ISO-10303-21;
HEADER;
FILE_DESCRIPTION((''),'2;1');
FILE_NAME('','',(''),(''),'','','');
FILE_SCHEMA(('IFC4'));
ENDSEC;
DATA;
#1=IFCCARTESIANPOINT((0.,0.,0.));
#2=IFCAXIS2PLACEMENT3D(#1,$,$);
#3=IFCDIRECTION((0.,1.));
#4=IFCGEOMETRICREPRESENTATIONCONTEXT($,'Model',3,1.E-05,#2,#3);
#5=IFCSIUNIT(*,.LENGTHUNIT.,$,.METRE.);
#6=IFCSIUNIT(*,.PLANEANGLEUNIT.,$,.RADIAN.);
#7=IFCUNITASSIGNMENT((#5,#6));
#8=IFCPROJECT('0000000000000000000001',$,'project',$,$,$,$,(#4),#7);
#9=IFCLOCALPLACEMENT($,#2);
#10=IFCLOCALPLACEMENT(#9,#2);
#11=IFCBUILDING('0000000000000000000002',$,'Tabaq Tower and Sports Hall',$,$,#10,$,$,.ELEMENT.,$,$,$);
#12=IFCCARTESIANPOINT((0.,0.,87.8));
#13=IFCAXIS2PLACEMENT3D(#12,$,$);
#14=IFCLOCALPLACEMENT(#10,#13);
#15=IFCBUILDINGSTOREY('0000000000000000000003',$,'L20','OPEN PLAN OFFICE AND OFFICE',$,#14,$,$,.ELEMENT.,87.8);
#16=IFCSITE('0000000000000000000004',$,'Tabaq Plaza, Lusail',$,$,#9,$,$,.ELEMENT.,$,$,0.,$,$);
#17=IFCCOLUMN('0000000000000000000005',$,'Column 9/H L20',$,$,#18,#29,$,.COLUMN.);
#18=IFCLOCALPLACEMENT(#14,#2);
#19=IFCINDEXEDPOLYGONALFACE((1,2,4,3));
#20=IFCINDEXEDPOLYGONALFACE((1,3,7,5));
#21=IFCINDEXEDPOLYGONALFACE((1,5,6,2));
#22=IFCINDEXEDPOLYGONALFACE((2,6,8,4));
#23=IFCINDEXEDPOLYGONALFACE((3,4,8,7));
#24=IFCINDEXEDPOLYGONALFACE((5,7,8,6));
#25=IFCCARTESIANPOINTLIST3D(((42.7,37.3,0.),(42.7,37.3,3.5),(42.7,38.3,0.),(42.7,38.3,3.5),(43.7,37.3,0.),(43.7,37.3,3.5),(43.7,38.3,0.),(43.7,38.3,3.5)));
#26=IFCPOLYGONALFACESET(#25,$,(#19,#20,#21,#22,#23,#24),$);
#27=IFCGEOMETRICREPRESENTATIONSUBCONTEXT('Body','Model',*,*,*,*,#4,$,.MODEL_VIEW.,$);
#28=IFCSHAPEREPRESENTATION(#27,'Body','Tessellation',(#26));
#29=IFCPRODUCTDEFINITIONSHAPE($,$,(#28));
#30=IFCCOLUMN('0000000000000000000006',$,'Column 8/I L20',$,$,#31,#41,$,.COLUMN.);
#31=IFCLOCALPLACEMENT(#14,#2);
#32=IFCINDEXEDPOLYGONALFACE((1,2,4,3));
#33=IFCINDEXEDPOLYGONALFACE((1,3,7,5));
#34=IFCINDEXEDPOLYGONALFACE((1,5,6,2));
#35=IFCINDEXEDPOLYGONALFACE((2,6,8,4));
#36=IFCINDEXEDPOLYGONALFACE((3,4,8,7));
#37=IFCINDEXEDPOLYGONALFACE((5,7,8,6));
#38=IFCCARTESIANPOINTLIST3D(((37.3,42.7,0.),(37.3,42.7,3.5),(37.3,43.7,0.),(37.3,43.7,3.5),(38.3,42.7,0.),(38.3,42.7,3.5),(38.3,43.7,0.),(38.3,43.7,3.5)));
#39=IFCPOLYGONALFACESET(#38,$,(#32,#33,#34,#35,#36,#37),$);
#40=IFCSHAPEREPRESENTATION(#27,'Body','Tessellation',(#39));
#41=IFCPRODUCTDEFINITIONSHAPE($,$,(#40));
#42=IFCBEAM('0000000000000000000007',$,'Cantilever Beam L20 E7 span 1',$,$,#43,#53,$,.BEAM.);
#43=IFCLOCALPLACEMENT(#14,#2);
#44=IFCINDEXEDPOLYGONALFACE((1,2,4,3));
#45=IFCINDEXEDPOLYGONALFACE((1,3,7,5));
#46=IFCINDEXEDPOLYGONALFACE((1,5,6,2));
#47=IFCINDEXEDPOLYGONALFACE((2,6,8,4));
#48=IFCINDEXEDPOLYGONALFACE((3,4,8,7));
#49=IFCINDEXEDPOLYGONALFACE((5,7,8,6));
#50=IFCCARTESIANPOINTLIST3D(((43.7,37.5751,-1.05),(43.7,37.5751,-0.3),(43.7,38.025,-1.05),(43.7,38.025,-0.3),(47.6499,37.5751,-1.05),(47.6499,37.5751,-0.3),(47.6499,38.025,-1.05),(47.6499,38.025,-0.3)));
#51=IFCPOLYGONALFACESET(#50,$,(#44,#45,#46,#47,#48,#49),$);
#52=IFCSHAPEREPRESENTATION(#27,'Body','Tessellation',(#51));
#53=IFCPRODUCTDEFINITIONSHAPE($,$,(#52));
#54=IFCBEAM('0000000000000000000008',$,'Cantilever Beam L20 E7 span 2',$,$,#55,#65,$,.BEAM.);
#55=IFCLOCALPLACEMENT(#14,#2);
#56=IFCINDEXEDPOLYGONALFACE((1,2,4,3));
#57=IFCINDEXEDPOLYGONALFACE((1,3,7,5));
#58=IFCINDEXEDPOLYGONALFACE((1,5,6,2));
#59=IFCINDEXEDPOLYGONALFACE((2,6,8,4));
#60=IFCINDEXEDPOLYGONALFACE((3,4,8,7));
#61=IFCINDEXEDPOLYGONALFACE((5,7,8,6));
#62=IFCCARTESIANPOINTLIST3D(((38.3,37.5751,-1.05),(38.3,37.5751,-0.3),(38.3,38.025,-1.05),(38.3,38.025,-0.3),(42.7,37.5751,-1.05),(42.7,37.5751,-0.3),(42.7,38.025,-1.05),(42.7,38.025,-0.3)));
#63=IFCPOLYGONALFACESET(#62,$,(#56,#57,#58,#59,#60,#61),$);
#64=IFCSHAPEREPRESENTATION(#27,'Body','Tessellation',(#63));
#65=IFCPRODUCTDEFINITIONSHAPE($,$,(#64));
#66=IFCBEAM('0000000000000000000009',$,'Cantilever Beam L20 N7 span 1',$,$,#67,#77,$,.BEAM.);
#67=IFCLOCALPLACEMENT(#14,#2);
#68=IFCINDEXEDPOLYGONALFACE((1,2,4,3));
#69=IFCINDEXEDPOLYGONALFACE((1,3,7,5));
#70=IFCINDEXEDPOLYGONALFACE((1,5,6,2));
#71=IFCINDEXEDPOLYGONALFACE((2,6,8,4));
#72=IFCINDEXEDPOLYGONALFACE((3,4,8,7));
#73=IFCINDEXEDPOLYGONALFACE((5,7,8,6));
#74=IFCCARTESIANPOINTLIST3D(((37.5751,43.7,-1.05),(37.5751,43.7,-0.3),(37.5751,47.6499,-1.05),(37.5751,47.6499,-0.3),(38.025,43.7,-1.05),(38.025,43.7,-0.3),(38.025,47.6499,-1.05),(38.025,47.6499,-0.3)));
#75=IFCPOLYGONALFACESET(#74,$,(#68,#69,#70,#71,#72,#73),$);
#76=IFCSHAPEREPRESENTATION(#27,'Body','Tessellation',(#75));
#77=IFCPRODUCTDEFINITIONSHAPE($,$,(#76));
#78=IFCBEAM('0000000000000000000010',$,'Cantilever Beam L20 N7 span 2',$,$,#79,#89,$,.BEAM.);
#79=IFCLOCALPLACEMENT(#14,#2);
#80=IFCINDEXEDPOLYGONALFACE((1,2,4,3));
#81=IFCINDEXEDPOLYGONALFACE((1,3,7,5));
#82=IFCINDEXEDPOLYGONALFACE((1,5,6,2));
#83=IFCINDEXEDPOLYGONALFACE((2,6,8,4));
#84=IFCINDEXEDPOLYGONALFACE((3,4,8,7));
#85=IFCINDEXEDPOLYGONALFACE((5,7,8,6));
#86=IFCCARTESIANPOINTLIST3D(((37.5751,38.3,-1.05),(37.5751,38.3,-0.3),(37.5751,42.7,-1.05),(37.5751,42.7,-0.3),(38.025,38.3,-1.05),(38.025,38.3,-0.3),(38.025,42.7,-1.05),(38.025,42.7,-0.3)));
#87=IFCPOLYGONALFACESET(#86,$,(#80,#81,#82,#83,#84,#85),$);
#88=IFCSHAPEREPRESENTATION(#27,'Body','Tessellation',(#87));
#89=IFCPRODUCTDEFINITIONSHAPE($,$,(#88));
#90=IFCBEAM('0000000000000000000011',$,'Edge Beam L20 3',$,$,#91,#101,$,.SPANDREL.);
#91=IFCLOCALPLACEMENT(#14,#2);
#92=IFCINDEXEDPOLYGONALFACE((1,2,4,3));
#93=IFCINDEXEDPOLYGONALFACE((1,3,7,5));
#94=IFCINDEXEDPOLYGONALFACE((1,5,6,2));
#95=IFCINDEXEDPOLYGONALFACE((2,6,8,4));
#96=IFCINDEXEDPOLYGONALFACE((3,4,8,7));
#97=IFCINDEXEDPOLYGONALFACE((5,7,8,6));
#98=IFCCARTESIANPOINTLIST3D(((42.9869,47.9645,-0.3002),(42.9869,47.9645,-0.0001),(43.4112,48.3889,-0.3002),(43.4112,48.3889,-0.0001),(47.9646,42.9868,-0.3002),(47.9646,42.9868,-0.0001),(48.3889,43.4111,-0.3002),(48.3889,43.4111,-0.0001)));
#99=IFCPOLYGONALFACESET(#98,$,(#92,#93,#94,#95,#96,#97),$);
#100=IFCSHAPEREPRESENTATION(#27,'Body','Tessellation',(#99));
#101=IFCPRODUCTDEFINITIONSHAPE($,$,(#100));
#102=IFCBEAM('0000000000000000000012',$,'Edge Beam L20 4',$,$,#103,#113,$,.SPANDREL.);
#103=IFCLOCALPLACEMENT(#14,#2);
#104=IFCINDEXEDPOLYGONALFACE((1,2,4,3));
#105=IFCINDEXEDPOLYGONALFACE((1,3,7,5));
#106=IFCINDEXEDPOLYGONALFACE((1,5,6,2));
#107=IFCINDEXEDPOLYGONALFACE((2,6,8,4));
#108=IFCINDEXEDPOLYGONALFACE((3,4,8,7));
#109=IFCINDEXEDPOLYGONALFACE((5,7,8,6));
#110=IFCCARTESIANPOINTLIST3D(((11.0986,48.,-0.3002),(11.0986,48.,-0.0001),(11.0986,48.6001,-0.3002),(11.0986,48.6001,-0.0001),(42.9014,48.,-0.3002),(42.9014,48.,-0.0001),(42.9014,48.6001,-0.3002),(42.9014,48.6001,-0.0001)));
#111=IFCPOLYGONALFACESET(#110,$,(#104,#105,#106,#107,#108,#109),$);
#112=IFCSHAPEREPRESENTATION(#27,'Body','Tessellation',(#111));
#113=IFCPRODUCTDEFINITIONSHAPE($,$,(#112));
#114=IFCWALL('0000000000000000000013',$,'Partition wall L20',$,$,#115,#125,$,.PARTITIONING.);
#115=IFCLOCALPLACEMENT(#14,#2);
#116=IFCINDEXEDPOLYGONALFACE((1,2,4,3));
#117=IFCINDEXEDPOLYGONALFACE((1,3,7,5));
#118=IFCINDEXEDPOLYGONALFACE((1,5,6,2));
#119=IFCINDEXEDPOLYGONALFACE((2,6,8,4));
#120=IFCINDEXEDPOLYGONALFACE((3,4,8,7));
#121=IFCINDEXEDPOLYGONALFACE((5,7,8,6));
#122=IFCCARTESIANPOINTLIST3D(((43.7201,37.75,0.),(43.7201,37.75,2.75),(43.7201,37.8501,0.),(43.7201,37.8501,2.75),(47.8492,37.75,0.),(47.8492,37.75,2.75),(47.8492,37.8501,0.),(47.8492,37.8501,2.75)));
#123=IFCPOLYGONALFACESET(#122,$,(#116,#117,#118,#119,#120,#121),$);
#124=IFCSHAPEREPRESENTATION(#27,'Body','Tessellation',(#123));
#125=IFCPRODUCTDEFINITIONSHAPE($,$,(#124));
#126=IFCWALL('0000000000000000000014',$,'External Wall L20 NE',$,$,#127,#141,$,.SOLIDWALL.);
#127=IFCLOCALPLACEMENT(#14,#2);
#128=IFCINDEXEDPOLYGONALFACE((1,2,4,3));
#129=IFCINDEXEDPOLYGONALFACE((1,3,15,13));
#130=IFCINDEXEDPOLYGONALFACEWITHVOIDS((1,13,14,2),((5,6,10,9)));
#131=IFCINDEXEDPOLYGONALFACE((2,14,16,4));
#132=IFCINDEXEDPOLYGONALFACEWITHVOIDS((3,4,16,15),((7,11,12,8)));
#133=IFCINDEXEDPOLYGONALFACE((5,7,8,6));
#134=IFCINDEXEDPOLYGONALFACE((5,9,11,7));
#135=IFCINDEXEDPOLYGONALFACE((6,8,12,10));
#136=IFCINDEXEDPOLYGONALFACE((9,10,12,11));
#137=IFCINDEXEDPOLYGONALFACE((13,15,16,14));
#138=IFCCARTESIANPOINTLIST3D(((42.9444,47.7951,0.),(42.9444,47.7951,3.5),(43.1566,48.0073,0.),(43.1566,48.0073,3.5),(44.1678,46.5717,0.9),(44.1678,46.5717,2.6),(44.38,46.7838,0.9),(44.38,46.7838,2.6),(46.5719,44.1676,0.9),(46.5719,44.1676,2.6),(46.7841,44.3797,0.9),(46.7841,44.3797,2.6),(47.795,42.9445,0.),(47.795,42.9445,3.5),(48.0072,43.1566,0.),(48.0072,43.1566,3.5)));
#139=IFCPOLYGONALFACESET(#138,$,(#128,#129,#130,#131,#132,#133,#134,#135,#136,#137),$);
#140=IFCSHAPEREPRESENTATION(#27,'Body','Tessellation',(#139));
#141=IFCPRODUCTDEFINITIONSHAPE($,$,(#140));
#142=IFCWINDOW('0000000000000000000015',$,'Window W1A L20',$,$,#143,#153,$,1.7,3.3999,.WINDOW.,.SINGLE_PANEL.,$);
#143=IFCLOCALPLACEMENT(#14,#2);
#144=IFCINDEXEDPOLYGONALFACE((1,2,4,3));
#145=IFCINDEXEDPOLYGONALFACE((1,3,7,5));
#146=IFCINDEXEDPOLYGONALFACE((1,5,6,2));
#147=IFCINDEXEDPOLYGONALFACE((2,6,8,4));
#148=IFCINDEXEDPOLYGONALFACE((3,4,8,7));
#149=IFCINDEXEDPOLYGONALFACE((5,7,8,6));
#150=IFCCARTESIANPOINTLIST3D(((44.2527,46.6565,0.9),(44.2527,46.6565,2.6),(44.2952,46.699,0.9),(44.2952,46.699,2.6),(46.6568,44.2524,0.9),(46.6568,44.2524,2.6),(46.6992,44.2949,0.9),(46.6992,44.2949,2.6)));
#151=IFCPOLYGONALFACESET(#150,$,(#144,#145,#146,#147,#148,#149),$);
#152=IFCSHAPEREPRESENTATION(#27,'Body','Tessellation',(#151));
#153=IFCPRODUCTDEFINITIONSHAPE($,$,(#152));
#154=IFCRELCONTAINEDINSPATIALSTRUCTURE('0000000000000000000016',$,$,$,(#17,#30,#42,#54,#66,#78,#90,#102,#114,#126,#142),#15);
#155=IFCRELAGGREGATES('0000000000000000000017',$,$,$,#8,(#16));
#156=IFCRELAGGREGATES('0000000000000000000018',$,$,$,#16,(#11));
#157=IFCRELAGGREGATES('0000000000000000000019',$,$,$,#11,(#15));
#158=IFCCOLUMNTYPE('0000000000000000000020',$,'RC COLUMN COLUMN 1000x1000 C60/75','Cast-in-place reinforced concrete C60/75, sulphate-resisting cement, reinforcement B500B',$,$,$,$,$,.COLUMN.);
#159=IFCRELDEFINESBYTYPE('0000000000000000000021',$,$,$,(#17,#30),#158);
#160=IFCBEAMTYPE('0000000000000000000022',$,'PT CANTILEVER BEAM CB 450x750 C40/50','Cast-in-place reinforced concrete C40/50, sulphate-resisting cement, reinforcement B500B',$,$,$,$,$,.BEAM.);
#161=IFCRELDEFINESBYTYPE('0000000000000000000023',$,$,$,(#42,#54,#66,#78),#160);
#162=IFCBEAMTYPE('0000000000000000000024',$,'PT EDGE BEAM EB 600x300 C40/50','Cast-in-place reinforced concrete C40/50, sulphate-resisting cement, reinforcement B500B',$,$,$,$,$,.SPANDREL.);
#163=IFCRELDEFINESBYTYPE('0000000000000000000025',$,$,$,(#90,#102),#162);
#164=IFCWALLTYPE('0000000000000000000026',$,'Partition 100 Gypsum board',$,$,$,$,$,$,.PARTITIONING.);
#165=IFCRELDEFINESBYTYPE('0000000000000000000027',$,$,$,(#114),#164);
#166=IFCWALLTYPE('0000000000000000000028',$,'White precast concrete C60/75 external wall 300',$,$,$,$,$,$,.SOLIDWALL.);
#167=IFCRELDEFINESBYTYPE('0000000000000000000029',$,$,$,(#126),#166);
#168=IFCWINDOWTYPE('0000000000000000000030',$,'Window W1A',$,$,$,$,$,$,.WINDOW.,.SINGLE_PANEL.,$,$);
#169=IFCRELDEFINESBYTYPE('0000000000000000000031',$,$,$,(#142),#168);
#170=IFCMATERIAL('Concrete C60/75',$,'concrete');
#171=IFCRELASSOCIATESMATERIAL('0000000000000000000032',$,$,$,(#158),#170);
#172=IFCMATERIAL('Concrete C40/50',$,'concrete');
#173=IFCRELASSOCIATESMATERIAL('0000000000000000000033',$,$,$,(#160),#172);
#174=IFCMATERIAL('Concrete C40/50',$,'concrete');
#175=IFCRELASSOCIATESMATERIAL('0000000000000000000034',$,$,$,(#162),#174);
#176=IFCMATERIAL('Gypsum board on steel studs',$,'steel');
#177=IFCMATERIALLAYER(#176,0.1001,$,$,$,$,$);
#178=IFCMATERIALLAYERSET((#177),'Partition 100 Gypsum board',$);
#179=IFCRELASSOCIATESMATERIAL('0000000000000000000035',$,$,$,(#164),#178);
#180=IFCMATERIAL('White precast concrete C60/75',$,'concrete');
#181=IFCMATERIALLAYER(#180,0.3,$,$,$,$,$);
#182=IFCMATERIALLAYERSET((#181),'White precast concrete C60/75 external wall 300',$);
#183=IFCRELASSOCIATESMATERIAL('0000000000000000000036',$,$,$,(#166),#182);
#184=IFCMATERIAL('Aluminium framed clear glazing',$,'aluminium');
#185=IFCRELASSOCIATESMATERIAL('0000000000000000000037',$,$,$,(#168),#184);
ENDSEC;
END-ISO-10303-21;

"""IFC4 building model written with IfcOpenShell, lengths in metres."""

from ifc_helpers import new_model, si_unit, direction, frame, frame_2d, origin, origin_2d, place, context, subcontext, project, spatial, rectangle, extrude, material, layer, layer_set, material_profile, profile_set, type_object, element, fill, save


model = new_model("IFC4")

# Units and contexts
model_context = context("Model", 3, precision=1e-05, world=origin(), true_north=direction((0.0, 1.0)))
body_context = subcontext(model_context, "Body", "Model", "MODEL_VIEW")
ifc_project = project(units=[si_unit("LENGTHUNIT", "METRE"), si_unit("PLANEANGLEUNIT", "RADIAN")], contexts=[model_context])

# Site, building, storey
site_placement = place(None, origin())
site = spatial("IfcSite", under=ifc_project, at=site_placement, Name="Tabaq Plaza, Lusail", CompositionType="ELEMENT", RefElevation=0.0)
building_placement = place(site_placement, origin())
building = spatial("IfcBuilding", under=site, at=building_placement, Name="Tabaq Tower and Sports Hall", CompositionType="ELEMENT")
storey_placement = place(building_placement, frame((0.0, 0.0, 87.8)))
storey = spatial("IfcBuildingStorey", under=building, at=storey_placement, Name="L20", Description="OPEN PLAN OFFICE AND OFFICE", CompositionType="ELEMENT", Elevation=87.8)

# Columns
ifc_material_1 = material(Name="Concrete C60/75", Category="concrete")
ifc_material_profile_1 = material_profile(ifc_material_1, rectangle(XDim=1.0, YDim=1.0, at=origin_2d()), Name="COLUMN 1000x1000")
ifc_profile_set_1 = profile_set([ifc_material_profile_1], Name="Concrete C60/75")
column_type = type_object("IfcColumnType", Name="RC COLUMN COLUMN 1000x1000 C60/75", Description="Cast-in-place reinforced concrete C60/75, sulphate-resisting cement, reinforcement B500B", PredefinedType="COLUMN", material=ifc_profile_set_1)
for number, where, z_axis, x_axis, name in (
    (1, (43.2, 37.8, 0.0), (0.0, 0.0, 1.0), (1.0, 0.0, 0.0), "Column 9/H L20"),
    (2, (37.8, 43.2, 0.0), (0.0, 0.0, 1.0), (1.0, 0.0, 0.0), "Column 8/I L20"),
):
    element("IfcColumn", number, at=place(storey_placement, frame(where, z_axis=z_axis, x_axis=x_axis)), inside=storey, type_object=column_type, Name=name, PredefinedType="COLUMN", context=body_context, shape_type="SweptSolid", body=[
        extrude(rectangle(XDim=1.0, YDim=1.0, at=origin_2d()), origin(), (0.0, 0.0, 1.0), 3.5),
    ])

# Beams
ifc_material_2 = material(Name="Concrete C40/50", Category="concrete")
ifc_material_profile_2 = material_profile(ifc_material_2, rectangle(XDim=0.45, YDim=0.75, at=origin_2d()), Name="CB 450x750")
ifc_profile_set_2 = profile_set([ifc_material_profile_2], Name="Concrete C40/50")
beam_type_1 = type_object("IfcBeamType", Name="PT CANTILEVER BEAM CB 450x750 C40/50", Description="Cast-in-place reinforced concrete C40/50, sulphate-resisting cement, reinforcement B500B", PredefinedType="BEAM", material=ifc_profile_set_2)
beam_1_placement = place(storey_placement, frame((47.6499, 37.8, -0.675), z_axis=(-1.0, 0.0, 0.0), x_axis=(0.0, -1.0, 0.0)))
element("IfcBeam", 3, at=beam_1_placement, inside=storey, type_object=beam_type_1, Name="Cantilever Beam L20 E7 span 1", PredefinedType="BEAM", context=body_context, shape_type="SweptSolid", body=[
    extrude(rectangle(XDim=0.45, YDim=0.75, at=origin_2d()), origin(), (0.0, 0.0, 1.0), 3.95),
])
beam_2_placement = place(storey_placement, frame((42.7, 37.8, -0.675), z_axis=(-1.0, 0.0, 0.0), x_axis=(0.0, -1.0, 0.0)))
element("IfcBeam", 4, at=beam_2_placement, inside=storey, type_object=beam_type_1, Name="Cantilever Beam L20 E7 span 2", PredefinedType="BEAM", context=body_context, shape_type="SweptSolid", body=[
    extrude(rectangle(XDim=0.45, YDim=0.75, at=origin_2d()), origin(), (0.0, 0.0, 1.0), 4.3999),
])
beam_3_placement = place(storey_placement, frame((37.8, 47.6499, -0.675), z_axis=(0.0, -1.0, 0.0), x_axis=(1.0, 0.0, 0.0)))
element("IfcBeam", 5, at=beam_3_placement, inside=storey, type_object=beam_type_1, Name="Cantilever Beam L20 N7 span 1", PredefinedType="BEAM", context=body_context, shape_type="SweptSolid", body=[
    extrude(rectangle(XDim=0.45, YDim=0.75, at=origin_2d()), origin(), (0.0, 0.0, 1.0), 3.95),
])
beam_4_placement = place(storey_placement, frame((37.8, 42.7, -0.675), z_axis=(0.0, -1.0, 0.0), x_axis=(1.0, 0.0, 0.0)))
element("IfcBeam", 6, at=beam_4_placement, inside=storey, type_object=beam_type_1, Name="Cantilever Beam L20 N7 span 2", PredefinedType="BEAM", context=body_context, shape_type="SweptSolid", body=[
    extrude(rectangle(XDim=0.45, YDim=0.75, at=origin_2d()), origin(), (0.0, 0.0, 1.0), 4.3999),
])
ifc_material_3 = material(Name="Concrete C40/50", Category="concrete")
ifc_material_profile_3 = material_profile(ifc_material_3, rectangle(XDim=0.6001, YDim=0.3, at=origin_2d()), Name="EB 600x300")
ifc_profile_set_3 = profile_set([ifc_material_profile_3], Name="Concrete C40/50")
beam_type_2 = type_object("IfcBeamType", Name="PT EDGE BEAM EB 600x300 C40/50", Description="Cast-in-place reinforced concrete C40/50, sulphate-resisting cement, reinforcement B500B", PredefinedType="SPANDREL", material=ifc_profile_set_3)
beam_5_placement = place(storey_placement, frame((48.1768, 43.199, -0.1501), z_axis=(-0.707107, 0.707107, 0.0), x_axis=(-0.707107, -0.707107, 0.0)))
element("IfcBeam", 7, at=beam_5_placement, inside=storey, type_object=beam_type_2, Name="Edge Beam L20 3", PredefinedType="SPANDREL", context=body_context, shape_type="SweptSolid", body=[
    extrude(rectangle(XDim=0.6001, YDim=0.3, at=origin_2d()), origin(), (0.0, 0.0, 1.0), 7.0396),
])
beam_6_placement = place(storey_placement, frame((42.9014, 48.3, -0.1501), z_axis=(-1.0, 0.0, 0.0), x_axis=(0.0, -1.0, 0.0)))
element("IfcBeam", 8, at=beam_6_placement, inside=storey, type_object=beam_type_2, Name="Edge Beam L20 4", PredefinedType="SPANDREL", context=body_context, shape_type="SweptSolid", body=[
    extrude(rectangle(XDim=0.6001, YDim=0.3, at=origin_2d()), origin(), (0.0, 0.0, 1.0), 31.8027),
])

# Wall
ifc_material_4 = material(Name="Gypsum board on steel studs", Category="steel")
ifc_layer_1 = layer(ifc_material_4, 0.1001)
ifc_layer_set_1 = layer_set([ifc_layer_1], Name="Partition 100 Gypsum board")
wall_type_1 = type_object("IfcWallType", Name="Partition 100 Gypsum board", PredefinedType="PARTITIONING", material=ifc_layer_set_1)
wall_1_placement = place(storey_placement, frame((47.8491, 37.8, 0.0), z_axis=(0.0, 0.0, 1.0), x_axis=(-1.0, 0.0, 0.0)))
element("IfcWall", 9, at=wall_1_placement, inside=storey, type_object=wall_type_1, Name="Partition wall L20", PredefinedType="PARTITIONING", context=body_context, shape_type="SweptSolid", body=[
    extrude(rectangle(XDim=4.1292, YDim=0.1001, at=frame_2d((2.0645, 0.0))), origin(), (0.0, 0.0, 1.0), 2.75),
])

# Wall, opening, window
ifc_material_5 = material(Name="White precast concrete C60/75", Category="concrete")
ifc_layer_2 = layer(ifc_material_5, 0.3)
ifc_layer_set_2 = layer_set([ifc_layer_2], Name="White precast concrete C60/75 external wall 300")
wall_type_2 = type_object("IfcWallType", Name="White precast concrete C60/75 external wall 300", PredefinedType="SOLIDWALL", material=ifc_layer_set_2)
wall_2_placement = place(storey_placement, frame((47.9011, 43.0505, 0.0), z_axis=(0.0, 0.0, 1.0), x_axis=(-0.707107, 0.707107, 0.0)))
wall_2 = element("IfcWall", 10, at=wall_2_placement, inside=storey, type_object=wall_type_2, Name="External Wall L20 NE", PredefinedType="SOLIDWALL", context=body_context, shape_type="SweptSolid", body=[
    extrude(rectangle(XDim=6.8599, YDim=0.3, at=frame_2d((3.4299, 0.0))), origin(), (0.0, 0.0, 1.0), 3.5),
])
opening_1_placement = place(wall_2_placement, frame((1.7297, 0.0, 0.8999)))
opening_1 = element("IfcOpeningElement", 11, at=opening_1_placement, cuts=wall_2, PredefinedType="OPENING", context=body_context, shape_type="SweptSolid", body=[
    extrude(rectangle(XDim=3.3999, YDim=1.7, at=frame_2d((1.7, 0.8501))), frame((0.0, 0.1602, 0.0), z_axis=(0.0, -1.0, 0.0), x_axis=(1.0, 0.0, 0.0)), (0.0, 0.0, 1.0), 0.3201),
])
ifc_material_6 = material(Name="Aluminium framed clear glazing", Category="aluminium")
window_type = type_object("IfcWindowType", Name="Window W1A", PartitioningType="SINGLE_PANEL", PredefinedType="WINDOW", material=ifc_material_6)
window_1_placement = place(opening_1_placement, origin())
window_1 = element("IfcWindow", 12, at=window_1_placement, inside=storey, type_object=window_type, Name="Window W1A L20", OverallHeight=1.7, OverallWidth=3.3999, PartitioningType="SINGLE_PANEL", PredefinedType="WINDOW", context=body_context, shape_type="SweptSolid", body=[
    extrude(rectangle(XDim=3.3999, YDim=1.7, at=frame_2d((1.7, 0.8501))), frame((0.0, 0.03, 0.0), z_axis=(0.0, -1.0, 0.0), x_axis=(1.0, 0.0, 0.0)), (0.0, 0.0, 1.0), 0.0601),
])
fill(opening_1, window_1)

save(model, "model.ifc")
